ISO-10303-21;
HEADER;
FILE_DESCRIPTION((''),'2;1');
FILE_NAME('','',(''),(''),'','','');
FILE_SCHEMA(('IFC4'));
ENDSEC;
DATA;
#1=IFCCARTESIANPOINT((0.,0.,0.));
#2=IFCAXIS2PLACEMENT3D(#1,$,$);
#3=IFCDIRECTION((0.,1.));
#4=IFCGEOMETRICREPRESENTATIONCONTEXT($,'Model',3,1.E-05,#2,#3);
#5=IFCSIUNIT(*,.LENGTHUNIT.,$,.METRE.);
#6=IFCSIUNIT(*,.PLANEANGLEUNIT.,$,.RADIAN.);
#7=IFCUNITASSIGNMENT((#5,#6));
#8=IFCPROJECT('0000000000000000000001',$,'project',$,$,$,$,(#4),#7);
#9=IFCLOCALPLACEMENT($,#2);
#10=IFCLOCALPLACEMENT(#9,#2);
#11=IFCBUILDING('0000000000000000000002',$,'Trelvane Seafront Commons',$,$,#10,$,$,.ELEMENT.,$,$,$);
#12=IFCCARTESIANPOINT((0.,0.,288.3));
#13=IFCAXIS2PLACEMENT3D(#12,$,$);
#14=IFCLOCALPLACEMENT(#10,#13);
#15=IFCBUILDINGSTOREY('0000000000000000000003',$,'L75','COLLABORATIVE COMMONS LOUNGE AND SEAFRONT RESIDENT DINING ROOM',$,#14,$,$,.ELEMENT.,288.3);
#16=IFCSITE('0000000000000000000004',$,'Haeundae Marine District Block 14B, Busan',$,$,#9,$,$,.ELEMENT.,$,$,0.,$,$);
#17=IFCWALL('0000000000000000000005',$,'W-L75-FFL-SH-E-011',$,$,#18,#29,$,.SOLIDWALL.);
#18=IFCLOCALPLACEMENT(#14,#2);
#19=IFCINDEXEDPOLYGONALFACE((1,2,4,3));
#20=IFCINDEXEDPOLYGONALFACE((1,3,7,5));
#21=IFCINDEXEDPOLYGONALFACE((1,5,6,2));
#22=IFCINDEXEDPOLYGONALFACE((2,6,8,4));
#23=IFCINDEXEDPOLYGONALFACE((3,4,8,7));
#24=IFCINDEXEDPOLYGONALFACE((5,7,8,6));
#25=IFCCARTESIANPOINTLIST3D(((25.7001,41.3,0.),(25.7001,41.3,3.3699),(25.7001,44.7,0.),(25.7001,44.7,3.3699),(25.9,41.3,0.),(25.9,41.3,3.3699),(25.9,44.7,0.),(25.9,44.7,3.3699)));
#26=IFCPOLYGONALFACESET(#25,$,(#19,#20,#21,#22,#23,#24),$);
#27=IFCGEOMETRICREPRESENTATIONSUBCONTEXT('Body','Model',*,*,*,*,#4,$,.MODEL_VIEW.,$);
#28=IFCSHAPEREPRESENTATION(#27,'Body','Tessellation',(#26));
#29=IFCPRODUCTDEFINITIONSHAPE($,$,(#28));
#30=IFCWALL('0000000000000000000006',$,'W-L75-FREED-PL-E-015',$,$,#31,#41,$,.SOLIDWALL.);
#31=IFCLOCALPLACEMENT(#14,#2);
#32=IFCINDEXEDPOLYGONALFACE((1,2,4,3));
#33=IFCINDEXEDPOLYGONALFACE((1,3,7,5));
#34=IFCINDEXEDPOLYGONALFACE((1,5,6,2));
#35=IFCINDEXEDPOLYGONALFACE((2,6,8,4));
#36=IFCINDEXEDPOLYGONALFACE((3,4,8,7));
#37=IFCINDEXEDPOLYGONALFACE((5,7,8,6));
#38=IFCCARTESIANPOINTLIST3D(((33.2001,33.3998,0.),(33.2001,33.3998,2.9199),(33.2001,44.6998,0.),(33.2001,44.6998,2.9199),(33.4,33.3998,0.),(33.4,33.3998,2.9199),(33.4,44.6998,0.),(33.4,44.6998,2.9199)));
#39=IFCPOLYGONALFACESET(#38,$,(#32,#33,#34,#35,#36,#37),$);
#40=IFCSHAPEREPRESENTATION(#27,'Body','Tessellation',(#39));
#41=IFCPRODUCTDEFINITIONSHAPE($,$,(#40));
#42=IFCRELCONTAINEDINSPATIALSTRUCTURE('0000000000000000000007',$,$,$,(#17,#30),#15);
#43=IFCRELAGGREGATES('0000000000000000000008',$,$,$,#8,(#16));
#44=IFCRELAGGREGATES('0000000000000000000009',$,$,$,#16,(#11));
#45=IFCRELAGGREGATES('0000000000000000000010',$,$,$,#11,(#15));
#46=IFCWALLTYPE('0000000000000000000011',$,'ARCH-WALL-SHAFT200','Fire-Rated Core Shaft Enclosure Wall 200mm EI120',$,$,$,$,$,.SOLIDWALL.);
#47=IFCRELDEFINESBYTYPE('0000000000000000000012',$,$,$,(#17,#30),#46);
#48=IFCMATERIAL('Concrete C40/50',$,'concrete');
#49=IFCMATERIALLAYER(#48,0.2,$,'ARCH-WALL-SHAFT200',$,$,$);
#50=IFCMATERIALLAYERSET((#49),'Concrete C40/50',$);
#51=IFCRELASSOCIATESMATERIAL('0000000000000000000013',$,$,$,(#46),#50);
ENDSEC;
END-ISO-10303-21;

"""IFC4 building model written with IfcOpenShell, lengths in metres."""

from ifc_helpers import new_model, si_unit, direction, frame, frame_2d, origin, place, context, subcontext, project, spatial, rectangle, extrude, material, layer, layer_set, type_object, element, save


model = new_model("IFC4")

# Units and contexts
model_context = context("Model", 3, precision=1e-05, world=origin(), true_north=direction((0.0, 1.0)))
body_context = subcontext(model_context, "Body", "Model", "MODEL_VIEW")
ifc_project = project(units=[si_unit("LENGTHUNIT", "METRE"), si_unit("PLANEANGLEUNIT", "RADIAN")], contexts=[model_context])

# Site, building, storey
site_placement = place(None, origin())
site = spatial("IfcSite", under=ifc_project, at=site_placement, Name="Haeundae Marine District Block 14B, Busan", CompositionType="ELEMENT", RefElevation=0.0)
building_placement = place(site_placement, origin())
building = spatial("IfcBuilding", under=site, at=building_placement, Name="Trelvane Seafront Commons", CompositionType="ELEMENT")
storey_placement = place(building_placement, frame((0.0, 0.0, 288.3)))
storey = spatial("IfcBuildingStorey", under=building, at=storey_placement, Name="L75", Description="COLLABORATIVE COMMONS LOUNGE AND SEAFRONT RESIDENT DINING ROOM", CompositionType="ELEMENT", Elevation=288.3)

# Shared definitions
ifc_material_1 = material(Name="Concrete C40/50", Category="concrete")

# Walls
ifc_layer_1 = layer(ifc_material_1, 0.2, Name="ARCH-WALL-SHAFT200")
ifc_layer_set_1 = layer_set([ifc_layer_1], Name="Concrete C40/50")
wall_type_1 = type_object("IfcWallType", Name="ARCH-WALL-SHAFT200", Description="Fire-Rated Core Shaft Enclosure Wall 200mm EI120", PredefinedType="SOLIDWALL", material=ifc_layer_set_1)
for number, where, z_axis, x_axis, name in (
    (1, (25.8, 41.3, 0.0), (0.0, 0.0, 1.0), (0.0, 1.0, 0.0), "W-L75-FFL-SH-E-011"),
):
    element("IfcWall", number, at=place(storey_placement, frame(where, z_axis=z_axis, x_axis=x_axis)), inside=storey, type_object=wall_type_1, Name=name, PredefinedType="SOLIDWALL", context=body_context, shape_type="SweptSolid", body=[
        extrude(rectangle(XDim=3.3999, YDim=0.2, at=frame_2d((1.7, 0.0))), origin(), (0.0, 0.0, 1.0), 3.3699),
    ])
wall_1_placement = place(storey_placement, frame((33.3, 33.3999, 0.0), z_axis=(0.0, 0.0, 1.0), x_axis=(0.0, 1.0, 0.0)))
element("IfcWall", 2, at=wall_1_placement, inside=storey, type_object=wall_type_1, Name="W-L75-FREED-PL-E-015", PredefinedType="SOLIDWALL", context=body_context, shape_type="SweptSolid", body=[
    extrude(rectangle(XDim=11.3, YDim=0.2, at=frame_2d((5.6499, 0.0))), origin(), (0.0, 0.0, 1.0), 2.9199),
])

save(model, "model.ifc")
